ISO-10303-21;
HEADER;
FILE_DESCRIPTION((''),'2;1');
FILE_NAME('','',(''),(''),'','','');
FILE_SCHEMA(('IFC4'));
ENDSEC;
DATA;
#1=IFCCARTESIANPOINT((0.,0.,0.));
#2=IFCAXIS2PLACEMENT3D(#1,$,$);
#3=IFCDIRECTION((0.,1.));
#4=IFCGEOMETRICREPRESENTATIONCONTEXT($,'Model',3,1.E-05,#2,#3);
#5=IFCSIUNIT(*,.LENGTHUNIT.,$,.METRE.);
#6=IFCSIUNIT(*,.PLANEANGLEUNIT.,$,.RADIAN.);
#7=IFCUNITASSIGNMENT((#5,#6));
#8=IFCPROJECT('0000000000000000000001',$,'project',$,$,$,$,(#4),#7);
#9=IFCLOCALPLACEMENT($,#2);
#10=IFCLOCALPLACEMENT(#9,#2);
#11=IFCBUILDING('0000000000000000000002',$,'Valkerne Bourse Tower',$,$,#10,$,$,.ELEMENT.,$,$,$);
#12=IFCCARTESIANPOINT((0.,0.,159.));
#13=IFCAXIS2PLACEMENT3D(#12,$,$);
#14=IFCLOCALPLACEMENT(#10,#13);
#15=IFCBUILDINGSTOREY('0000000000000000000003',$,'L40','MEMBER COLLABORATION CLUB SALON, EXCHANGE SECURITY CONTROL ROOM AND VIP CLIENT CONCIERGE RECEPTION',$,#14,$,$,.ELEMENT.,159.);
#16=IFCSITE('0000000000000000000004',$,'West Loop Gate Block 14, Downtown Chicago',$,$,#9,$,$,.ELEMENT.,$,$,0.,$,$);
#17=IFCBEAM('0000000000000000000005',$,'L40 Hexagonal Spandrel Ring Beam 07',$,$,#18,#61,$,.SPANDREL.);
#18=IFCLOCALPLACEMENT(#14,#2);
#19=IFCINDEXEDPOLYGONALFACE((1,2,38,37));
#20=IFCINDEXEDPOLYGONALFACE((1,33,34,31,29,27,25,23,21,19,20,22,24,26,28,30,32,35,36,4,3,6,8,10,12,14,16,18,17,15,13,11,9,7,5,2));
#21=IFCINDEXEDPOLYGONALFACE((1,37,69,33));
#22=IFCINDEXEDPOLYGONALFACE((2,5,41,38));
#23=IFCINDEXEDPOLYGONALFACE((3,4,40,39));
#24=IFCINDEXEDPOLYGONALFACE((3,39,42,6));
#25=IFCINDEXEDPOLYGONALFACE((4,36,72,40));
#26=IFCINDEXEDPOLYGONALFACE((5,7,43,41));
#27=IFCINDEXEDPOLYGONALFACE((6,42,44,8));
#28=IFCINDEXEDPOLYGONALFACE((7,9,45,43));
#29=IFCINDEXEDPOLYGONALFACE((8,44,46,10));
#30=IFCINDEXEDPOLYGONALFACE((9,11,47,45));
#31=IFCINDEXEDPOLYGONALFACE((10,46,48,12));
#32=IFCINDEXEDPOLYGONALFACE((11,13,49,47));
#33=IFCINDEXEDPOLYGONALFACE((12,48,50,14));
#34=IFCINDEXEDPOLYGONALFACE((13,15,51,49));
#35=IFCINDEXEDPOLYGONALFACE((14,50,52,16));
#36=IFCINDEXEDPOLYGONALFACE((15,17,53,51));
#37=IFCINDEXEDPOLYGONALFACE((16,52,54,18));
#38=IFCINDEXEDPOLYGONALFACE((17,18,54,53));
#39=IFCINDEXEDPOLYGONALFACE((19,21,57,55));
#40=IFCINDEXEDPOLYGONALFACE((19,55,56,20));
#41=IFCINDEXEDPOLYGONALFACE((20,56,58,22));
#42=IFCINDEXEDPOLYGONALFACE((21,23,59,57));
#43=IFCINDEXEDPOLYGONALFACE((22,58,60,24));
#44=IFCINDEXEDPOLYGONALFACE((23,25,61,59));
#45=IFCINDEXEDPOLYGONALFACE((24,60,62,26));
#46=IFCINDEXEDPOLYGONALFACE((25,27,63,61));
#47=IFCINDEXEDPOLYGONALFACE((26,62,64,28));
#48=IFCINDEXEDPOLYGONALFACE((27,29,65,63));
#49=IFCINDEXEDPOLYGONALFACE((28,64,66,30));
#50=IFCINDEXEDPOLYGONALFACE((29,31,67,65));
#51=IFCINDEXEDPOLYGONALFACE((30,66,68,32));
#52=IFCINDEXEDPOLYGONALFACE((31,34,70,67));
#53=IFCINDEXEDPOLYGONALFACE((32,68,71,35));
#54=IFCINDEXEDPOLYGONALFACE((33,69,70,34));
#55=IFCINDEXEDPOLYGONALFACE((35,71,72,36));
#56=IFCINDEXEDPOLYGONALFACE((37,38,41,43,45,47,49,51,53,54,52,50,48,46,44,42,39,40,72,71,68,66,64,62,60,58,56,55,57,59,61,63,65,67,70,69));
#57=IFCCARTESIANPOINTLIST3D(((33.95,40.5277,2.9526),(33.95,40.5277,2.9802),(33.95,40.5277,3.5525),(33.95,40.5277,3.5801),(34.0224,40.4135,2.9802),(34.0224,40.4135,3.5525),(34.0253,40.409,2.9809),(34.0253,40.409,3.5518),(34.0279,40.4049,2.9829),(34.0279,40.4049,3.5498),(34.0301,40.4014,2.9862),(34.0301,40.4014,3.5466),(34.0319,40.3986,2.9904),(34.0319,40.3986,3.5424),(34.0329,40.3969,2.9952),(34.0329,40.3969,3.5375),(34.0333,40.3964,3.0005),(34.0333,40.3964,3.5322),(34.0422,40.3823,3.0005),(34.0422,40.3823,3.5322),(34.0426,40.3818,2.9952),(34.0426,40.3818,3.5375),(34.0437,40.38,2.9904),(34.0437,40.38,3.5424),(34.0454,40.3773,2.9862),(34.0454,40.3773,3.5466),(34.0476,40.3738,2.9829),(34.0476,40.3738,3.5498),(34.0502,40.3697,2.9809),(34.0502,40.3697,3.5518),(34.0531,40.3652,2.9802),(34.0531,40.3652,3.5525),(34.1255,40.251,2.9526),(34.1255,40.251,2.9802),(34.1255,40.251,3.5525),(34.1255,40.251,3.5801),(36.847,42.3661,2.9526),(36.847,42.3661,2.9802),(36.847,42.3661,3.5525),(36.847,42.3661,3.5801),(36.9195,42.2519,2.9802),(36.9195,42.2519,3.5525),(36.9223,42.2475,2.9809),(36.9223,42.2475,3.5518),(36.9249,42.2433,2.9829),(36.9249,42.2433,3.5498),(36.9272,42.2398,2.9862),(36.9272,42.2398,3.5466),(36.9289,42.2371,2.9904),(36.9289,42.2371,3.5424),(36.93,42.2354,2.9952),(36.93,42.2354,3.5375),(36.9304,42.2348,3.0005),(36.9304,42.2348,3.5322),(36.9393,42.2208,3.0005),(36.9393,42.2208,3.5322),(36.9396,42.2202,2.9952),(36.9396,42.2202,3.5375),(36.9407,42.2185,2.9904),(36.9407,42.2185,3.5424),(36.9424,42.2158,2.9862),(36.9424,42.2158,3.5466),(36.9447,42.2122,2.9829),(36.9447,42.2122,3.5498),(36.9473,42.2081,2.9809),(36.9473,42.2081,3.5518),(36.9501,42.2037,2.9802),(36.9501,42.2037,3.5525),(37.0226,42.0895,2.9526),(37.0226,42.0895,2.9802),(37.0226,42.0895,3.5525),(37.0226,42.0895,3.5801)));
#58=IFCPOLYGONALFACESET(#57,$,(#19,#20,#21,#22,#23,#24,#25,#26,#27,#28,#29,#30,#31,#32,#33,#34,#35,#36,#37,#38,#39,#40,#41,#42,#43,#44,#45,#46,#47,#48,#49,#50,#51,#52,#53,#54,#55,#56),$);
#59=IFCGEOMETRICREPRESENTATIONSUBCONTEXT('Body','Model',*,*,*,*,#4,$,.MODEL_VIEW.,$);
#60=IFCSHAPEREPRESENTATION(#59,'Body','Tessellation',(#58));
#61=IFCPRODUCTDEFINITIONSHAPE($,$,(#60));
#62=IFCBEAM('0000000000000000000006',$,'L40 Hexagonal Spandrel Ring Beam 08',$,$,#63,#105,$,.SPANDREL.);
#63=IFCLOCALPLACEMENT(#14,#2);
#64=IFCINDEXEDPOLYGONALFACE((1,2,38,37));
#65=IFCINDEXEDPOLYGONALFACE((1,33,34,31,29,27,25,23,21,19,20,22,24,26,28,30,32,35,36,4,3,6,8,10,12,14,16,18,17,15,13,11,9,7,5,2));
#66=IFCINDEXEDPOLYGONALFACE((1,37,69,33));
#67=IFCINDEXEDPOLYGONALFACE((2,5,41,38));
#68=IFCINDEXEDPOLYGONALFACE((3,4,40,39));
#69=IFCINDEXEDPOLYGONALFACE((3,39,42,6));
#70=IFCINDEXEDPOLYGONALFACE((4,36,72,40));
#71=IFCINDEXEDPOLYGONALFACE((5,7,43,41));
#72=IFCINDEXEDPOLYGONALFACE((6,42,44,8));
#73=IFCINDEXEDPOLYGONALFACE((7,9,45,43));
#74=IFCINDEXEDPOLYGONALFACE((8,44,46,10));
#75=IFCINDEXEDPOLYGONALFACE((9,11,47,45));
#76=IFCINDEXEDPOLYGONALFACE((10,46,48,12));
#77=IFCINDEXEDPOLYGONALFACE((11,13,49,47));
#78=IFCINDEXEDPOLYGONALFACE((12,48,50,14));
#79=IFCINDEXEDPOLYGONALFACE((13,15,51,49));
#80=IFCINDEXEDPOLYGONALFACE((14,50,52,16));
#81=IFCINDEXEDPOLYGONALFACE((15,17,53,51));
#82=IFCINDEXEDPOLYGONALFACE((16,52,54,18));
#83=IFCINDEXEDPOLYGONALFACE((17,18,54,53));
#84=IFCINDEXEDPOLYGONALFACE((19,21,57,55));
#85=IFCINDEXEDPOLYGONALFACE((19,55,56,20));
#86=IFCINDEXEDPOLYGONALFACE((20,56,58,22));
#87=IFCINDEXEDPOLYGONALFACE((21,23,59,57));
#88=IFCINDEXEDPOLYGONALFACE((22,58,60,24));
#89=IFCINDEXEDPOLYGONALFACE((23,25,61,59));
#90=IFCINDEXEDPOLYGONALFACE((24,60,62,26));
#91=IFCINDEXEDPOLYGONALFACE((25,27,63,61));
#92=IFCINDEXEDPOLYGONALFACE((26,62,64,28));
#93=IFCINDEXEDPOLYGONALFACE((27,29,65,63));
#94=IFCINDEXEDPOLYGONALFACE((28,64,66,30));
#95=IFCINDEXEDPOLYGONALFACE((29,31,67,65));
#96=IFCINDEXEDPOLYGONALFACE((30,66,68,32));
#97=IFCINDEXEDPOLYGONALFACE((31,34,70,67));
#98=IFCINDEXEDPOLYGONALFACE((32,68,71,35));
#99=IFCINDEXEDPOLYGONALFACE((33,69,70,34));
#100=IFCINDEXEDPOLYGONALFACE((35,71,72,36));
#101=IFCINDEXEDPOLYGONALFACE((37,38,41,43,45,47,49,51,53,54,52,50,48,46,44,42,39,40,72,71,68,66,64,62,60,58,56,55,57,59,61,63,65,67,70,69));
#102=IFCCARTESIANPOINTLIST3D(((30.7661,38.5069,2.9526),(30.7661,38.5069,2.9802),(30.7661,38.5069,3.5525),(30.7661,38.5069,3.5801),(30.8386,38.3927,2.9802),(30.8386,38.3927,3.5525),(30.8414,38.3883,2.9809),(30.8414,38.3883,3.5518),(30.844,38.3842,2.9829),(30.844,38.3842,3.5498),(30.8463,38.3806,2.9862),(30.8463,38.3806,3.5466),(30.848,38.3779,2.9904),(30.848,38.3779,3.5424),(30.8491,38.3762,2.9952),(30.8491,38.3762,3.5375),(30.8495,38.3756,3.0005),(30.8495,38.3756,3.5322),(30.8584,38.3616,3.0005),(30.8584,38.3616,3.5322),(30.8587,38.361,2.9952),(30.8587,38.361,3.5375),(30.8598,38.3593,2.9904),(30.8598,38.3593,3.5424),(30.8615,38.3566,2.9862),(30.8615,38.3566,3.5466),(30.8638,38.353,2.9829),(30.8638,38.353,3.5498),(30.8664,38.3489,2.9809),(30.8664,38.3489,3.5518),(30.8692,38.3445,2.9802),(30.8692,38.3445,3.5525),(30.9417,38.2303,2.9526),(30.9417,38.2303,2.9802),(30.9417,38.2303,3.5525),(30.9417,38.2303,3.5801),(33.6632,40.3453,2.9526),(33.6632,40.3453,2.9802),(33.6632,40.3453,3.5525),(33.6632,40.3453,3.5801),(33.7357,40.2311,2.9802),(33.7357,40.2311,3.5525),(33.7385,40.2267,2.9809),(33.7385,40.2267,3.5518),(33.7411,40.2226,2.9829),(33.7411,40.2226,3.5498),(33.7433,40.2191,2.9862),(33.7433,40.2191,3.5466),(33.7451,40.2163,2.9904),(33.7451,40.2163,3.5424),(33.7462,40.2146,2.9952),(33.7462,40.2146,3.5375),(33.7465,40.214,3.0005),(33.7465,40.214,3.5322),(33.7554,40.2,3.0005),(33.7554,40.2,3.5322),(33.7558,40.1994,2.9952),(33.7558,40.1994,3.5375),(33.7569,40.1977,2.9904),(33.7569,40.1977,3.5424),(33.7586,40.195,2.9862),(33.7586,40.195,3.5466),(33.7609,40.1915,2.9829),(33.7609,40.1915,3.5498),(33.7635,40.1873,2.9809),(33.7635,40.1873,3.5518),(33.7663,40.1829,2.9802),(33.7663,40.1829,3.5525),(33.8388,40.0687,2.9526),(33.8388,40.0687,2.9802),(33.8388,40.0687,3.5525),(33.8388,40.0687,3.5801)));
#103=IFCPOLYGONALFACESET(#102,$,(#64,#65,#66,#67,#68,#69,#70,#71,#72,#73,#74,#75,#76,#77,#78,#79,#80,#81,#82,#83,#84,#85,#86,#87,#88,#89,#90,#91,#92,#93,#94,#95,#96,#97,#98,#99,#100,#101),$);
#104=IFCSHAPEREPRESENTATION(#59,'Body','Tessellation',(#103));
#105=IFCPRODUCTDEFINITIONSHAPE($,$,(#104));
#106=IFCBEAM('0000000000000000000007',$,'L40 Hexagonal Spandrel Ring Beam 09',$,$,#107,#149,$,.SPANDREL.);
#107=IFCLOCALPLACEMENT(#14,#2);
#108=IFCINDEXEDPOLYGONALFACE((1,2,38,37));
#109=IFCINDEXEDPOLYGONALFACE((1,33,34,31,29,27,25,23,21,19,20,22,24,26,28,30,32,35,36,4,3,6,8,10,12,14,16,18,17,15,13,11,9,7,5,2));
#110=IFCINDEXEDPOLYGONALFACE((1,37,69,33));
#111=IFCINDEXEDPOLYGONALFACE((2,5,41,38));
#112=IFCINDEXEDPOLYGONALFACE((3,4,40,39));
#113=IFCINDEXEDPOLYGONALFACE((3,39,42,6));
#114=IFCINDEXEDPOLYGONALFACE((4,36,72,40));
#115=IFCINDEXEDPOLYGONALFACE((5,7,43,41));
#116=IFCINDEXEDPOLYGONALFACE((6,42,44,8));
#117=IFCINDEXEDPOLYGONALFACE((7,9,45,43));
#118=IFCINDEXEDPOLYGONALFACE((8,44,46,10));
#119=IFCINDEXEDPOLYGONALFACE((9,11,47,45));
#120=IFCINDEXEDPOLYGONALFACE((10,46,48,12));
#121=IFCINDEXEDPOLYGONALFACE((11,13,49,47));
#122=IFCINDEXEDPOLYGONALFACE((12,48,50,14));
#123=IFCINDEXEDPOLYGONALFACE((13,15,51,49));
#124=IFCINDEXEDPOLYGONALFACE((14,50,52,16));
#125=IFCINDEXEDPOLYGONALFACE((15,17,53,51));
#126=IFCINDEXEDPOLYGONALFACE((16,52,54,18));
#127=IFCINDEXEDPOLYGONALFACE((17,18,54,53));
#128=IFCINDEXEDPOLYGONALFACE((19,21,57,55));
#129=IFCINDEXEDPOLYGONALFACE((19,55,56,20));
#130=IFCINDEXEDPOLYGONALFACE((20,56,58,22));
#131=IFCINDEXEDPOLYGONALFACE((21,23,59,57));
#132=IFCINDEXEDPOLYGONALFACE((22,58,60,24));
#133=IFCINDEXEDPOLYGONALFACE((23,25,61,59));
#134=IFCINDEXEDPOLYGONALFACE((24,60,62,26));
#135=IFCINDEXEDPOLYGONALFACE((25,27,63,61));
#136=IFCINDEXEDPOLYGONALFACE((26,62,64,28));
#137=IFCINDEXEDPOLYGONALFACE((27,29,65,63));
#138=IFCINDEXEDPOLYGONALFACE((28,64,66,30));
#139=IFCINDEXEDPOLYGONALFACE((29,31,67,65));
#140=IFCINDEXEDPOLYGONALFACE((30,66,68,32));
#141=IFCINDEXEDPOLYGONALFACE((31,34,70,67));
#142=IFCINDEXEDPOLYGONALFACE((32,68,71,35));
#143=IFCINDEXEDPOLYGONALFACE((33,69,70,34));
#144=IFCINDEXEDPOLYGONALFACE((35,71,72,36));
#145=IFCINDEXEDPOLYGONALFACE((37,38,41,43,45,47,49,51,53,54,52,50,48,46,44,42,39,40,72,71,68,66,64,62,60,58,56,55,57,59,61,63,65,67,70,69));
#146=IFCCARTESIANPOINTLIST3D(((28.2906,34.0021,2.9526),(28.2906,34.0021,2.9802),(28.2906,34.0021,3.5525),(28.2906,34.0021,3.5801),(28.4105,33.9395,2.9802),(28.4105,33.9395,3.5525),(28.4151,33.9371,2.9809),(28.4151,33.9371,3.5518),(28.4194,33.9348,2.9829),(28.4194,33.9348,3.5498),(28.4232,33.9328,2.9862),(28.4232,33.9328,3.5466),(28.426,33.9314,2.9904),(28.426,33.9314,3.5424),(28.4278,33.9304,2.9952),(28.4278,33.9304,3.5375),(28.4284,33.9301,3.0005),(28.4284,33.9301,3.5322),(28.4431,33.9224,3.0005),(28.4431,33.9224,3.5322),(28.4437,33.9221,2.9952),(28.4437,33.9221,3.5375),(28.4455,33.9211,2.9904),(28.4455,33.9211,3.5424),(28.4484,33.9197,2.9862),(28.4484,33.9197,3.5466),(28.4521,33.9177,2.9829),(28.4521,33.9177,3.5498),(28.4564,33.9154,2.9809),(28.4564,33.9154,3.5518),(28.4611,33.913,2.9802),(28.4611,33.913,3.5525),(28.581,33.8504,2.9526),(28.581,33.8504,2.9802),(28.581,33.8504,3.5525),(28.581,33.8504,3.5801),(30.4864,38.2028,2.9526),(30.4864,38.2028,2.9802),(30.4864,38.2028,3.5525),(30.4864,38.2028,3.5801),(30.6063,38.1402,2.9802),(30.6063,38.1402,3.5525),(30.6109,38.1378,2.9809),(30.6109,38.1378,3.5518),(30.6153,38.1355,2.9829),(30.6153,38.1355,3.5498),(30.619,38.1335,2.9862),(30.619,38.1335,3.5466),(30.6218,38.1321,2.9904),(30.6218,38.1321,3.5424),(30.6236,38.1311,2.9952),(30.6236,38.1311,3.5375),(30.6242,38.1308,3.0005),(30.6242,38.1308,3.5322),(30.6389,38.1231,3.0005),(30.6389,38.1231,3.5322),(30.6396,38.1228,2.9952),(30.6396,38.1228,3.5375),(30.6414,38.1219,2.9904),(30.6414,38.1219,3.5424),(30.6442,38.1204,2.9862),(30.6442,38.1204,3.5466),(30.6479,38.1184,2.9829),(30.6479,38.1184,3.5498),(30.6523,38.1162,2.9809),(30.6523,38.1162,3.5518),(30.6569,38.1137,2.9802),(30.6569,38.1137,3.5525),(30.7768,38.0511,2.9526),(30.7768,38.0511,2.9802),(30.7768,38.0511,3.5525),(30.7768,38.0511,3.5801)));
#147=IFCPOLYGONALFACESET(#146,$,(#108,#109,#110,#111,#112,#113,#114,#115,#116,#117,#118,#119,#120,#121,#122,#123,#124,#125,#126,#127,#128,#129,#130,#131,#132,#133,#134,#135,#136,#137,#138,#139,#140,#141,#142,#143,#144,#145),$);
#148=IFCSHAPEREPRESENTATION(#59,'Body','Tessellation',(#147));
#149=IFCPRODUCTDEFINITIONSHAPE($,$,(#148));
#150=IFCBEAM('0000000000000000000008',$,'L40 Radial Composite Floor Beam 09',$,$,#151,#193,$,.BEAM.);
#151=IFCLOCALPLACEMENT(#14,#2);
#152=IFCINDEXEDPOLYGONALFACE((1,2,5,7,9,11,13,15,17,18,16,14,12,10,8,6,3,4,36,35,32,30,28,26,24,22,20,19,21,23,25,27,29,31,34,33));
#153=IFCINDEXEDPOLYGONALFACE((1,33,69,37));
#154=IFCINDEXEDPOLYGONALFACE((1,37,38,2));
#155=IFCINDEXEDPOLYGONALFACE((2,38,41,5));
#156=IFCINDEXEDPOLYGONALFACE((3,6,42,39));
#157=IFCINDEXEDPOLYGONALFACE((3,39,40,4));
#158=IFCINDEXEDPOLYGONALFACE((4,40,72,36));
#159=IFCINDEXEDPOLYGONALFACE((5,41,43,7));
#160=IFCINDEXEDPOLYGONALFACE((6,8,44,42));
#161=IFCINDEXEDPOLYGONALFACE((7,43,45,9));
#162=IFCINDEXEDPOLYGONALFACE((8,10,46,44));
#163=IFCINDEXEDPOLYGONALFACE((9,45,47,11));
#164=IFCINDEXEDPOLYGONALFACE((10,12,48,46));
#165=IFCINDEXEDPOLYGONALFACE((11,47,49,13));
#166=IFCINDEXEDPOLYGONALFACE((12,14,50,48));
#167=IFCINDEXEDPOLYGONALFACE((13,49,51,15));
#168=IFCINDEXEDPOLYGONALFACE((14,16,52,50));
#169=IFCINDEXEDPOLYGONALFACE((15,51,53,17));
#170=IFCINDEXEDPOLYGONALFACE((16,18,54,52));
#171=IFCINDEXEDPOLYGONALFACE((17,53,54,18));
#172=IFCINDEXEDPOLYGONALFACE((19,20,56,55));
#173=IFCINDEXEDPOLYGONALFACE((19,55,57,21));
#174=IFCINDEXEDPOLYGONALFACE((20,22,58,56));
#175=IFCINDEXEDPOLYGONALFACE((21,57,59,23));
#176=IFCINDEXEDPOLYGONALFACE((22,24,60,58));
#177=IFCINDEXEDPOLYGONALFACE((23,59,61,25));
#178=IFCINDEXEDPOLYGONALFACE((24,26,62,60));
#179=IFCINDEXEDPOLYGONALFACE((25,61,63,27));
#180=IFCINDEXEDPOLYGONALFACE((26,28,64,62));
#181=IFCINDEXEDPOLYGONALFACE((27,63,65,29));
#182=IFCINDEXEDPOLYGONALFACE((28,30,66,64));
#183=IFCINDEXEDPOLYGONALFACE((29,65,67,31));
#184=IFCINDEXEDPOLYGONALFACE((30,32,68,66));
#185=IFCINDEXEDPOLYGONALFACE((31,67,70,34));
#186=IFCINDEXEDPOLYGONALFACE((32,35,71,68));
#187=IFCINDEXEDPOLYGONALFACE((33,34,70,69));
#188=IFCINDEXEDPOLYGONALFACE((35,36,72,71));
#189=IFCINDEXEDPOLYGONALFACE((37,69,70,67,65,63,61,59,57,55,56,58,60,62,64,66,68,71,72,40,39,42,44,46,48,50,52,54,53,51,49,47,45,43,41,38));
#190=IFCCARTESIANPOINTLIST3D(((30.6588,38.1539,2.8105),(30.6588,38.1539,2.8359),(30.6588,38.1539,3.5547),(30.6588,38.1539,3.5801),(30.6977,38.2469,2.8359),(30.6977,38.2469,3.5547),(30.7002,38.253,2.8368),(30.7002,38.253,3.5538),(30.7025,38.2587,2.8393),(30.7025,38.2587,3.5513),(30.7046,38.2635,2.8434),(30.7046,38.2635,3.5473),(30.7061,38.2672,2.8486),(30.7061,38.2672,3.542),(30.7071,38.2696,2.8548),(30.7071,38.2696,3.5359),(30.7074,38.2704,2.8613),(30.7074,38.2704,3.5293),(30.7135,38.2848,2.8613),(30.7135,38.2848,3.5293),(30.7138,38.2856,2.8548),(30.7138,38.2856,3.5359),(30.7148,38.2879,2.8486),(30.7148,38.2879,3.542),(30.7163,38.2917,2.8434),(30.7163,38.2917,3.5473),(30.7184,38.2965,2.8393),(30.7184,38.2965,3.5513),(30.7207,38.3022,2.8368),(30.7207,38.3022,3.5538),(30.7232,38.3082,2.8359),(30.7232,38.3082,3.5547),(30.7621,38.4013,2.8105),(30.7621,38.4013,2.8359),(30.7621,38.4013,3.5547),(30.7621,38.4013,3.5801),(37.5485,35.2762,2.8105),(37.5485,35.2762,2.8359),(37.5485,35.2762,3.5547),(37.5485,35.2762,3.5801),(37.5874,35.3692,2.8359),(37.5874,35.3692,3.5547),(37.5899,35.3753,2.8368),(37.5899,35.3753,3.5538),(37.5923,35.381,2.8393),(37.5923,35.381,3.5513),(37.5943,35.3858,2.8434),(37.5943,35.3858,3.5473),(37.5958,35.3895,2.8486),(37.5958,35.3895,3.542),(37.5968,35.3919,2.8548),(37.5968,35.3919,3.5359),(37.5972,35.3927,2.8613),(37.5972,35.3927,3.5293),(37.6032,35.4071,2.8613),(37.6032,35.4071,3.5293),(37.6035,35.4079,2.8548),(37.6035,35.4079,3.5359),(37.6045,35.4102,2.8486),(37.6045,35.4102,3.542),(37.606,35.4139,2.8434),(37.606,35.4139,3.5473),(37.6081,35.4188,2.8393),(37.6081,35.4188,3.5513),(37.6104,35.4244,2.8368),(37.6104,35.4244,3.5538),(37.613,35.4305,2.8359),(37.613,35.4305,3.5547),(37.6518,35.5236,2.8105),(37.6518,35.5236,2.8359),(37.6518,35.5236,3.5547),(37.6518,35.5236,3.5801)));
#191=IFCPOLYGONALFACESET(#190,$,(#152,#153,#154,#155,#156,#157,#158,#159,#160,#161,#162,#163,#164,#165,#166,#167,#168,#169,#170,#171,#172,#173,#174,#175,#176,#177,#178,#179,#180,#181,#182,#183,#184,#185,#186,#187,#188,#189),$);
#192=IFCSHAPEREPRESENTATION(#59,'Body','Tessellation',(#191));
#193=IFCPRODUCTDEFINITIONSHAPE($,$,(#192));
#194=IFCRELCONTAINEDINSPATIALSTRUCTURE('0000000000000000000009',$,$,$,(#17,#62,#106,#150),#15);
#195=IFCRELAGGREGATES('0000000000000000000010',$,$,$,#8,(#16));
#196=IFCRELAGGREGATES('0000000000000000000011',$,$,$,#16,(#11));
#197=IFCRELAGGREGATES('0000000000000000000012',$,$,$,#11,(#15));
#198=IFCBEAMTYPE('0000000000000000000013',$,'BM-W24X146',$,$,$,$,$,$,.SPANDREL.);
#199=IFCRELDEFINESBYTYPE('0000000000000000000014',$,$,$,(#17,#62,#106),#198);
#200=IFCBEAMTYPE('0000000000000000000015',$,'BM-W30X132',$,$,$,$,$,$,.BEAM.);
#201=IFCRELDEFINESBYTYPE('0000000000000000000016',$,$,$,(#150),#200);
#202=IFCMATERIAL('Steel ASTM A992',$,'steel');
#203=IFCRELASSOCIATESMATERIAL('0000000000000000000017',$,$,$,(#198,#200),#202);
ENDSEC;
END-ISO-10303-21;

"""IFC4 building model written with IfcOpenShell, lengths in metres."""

from ifc_helpers import new_model, si_unit, direction, frame, origin, origin_2d, place, context, subcontext, project, spatial, i_section, extrude, material, material_profile, profile_set, type_object, element, save


model = new_model("IFC4")

# Units and contexts
model_context = context("Model", 3, precision=1e-05, world=origin(), true_north=direction((0.0, 1.0)))
body_context = subcontext(model_context, "Body", "Model", "MODEL_VIEW")
ifc_project = project(units=[si_unit("LENGTHUNIT", "METRE"), si_unit("PLANEANGLEUNIT", "RADIAN")], contexts=[model_context])

# Site, building, storey
site_placement = place(None, origin())
site = spatial("IfcSite", under=ifc_project, at=site_placement, Name="West Loop Gate Block 14, Downtown Chicago", CompositionType="ELEMENT", RefElevation=0.0)
building_placement = place(site_placement, origin())
building = spatial("IfcBuilding", under=site, at=building_placement, Name="Valkerne Bourse Tower", CompositionType="ELEMENT")
storey_placement = place(building_placement, frame((0.0, 0.0, 159.0)))
storey = spatial("IfcBuildingStorey", under=building, at=storey_placement, Name="L40", Description="MEMBER COLLABORATION CLUB SALON, EXCHANGE SECURITY CONTROL ROOM AND VIP CLIENT CONCIERGE RECEPTION", CompositionType="ELEMENT", Elevation=159.0)

# Beams
ifc_material_1 = material(Name="Steel ASTM A992", Category="steel")
ifc_material_profile_1 = material_profile(ifc_material_1, i_section(OverallWidth=0.3276, OverallDepth=0.6274, WebThickness=0.0166, FlangeThickness=0.0276, FilletRadius=0.0203, at=origin_2d()), Name="W24X146")
ifc_profile_set_1 = profile_set([ifc_material_profile_1], Name="Steel ASTM A992")
beam_type_1 = type_object("IfcBeamType", Name="BM-W24X146", PredefinedType="SPANDREL", material=ifc_profile_set_1)
for number, where, z_axis, x_axis, name in (
    (1, (36.9348, 42.2278, 3.2664), (-0.844341, -0.535807, 0.0), (0.535807, -0.844341, 0.0), "L40 Hexagonal Spandrel Ring Beam 07"),
    (2, (33.751, 40.207, 3.2664), (-0.844341, -0.535807, 0.0), (0.535807, -0.844341, 0.0), "L40 Hexagonal Spandrel Ring Beam 08"),
):
    element("IfcBeam", number, at=place(storey_placement, frame(where, z_axis=z_axis, x_axis=x_axis)), inside=storey, type_object=beam_type_1, Name=name, PredefinedType="SPANDREL", context=body_context, shape_type="SweptSolid", body=[
        extrude(i_section(OverallWidth=0.3276, OverallDepth=0.6274, WebThickness=0.0166, FlangeThickness=0.0276, FilletRadius=0.0203, at=origin_2d()), origin(), (0.0, 0.0, 1.0), 3.4312),
    ])
beam_1_placement = place(storey_placement, frame((30.6316, 38.127, 3.2664), z_axis=(-0.463252, -0.886226, 0.0), x_axis=(0.886226, -0.463252, 0.0)))
element("IfcBeam", 3, at=beam_1_placement, inside=storey, type_object=beam_type_1, Name="L40 Hexagonal Spandrel Ring Beam 09", PredefinedType="SPANDREL", context=body_context, shape_type="SweptSolid", body=[
    extrude(i_section(OverallWidth=0.3276, OverallDepth=0.6274, WebThickness=0.0166, FlangeThickness=0.0276, FilletRadius=0.0203, at=origin_2d()), origin(), (0.0, 0.0, 1.0), 4.74),
])
ifc_material_profile_2 = material_profile(ifc_material_1, i_section(OverallWidth=0.2681, OverallDepth=0.7695, WebThickness=0.0156, FlangeThickness=0.0254, FilletRadius=0.0254, at=origin_2d()), Name="W30X132")
ifc_profile_set_2 = profile_set([ifc_material_profile_2], Name="Steel ASTM A992")
beam_type_2 = type_object("IfcBeamType", Name="BM-W30X132", PredefinedType="BEAM", material=ifc_profile_set_2)
beam_2_placement = place(storey_placement, frame((30.7104, 38.2776, 3.1953), z_axis=(0.922744, -0.385414, 0.0), x_axis=(0.385414, 0.922744, 0.0)))
element("IfcBeam", 4, at=beam_2_placement, inside=storey, type_object=beam_type_2, Name="L40 Radial Composite Floor Beam 09", PredefinedType="BEAM", context=body_context, shape_type="SweptSolid", body=[
    extrude(i_section(OverallWidth=0.2681, OverallDepth=0.7695, WebThickness=0.0156, FlangeThickness=0.0254, FilletRadius=0.0254, at=origin_2d()), origin(), (0.0, 0.0, 1.0), 7.4666),
])

save(model, "model.ifc")
